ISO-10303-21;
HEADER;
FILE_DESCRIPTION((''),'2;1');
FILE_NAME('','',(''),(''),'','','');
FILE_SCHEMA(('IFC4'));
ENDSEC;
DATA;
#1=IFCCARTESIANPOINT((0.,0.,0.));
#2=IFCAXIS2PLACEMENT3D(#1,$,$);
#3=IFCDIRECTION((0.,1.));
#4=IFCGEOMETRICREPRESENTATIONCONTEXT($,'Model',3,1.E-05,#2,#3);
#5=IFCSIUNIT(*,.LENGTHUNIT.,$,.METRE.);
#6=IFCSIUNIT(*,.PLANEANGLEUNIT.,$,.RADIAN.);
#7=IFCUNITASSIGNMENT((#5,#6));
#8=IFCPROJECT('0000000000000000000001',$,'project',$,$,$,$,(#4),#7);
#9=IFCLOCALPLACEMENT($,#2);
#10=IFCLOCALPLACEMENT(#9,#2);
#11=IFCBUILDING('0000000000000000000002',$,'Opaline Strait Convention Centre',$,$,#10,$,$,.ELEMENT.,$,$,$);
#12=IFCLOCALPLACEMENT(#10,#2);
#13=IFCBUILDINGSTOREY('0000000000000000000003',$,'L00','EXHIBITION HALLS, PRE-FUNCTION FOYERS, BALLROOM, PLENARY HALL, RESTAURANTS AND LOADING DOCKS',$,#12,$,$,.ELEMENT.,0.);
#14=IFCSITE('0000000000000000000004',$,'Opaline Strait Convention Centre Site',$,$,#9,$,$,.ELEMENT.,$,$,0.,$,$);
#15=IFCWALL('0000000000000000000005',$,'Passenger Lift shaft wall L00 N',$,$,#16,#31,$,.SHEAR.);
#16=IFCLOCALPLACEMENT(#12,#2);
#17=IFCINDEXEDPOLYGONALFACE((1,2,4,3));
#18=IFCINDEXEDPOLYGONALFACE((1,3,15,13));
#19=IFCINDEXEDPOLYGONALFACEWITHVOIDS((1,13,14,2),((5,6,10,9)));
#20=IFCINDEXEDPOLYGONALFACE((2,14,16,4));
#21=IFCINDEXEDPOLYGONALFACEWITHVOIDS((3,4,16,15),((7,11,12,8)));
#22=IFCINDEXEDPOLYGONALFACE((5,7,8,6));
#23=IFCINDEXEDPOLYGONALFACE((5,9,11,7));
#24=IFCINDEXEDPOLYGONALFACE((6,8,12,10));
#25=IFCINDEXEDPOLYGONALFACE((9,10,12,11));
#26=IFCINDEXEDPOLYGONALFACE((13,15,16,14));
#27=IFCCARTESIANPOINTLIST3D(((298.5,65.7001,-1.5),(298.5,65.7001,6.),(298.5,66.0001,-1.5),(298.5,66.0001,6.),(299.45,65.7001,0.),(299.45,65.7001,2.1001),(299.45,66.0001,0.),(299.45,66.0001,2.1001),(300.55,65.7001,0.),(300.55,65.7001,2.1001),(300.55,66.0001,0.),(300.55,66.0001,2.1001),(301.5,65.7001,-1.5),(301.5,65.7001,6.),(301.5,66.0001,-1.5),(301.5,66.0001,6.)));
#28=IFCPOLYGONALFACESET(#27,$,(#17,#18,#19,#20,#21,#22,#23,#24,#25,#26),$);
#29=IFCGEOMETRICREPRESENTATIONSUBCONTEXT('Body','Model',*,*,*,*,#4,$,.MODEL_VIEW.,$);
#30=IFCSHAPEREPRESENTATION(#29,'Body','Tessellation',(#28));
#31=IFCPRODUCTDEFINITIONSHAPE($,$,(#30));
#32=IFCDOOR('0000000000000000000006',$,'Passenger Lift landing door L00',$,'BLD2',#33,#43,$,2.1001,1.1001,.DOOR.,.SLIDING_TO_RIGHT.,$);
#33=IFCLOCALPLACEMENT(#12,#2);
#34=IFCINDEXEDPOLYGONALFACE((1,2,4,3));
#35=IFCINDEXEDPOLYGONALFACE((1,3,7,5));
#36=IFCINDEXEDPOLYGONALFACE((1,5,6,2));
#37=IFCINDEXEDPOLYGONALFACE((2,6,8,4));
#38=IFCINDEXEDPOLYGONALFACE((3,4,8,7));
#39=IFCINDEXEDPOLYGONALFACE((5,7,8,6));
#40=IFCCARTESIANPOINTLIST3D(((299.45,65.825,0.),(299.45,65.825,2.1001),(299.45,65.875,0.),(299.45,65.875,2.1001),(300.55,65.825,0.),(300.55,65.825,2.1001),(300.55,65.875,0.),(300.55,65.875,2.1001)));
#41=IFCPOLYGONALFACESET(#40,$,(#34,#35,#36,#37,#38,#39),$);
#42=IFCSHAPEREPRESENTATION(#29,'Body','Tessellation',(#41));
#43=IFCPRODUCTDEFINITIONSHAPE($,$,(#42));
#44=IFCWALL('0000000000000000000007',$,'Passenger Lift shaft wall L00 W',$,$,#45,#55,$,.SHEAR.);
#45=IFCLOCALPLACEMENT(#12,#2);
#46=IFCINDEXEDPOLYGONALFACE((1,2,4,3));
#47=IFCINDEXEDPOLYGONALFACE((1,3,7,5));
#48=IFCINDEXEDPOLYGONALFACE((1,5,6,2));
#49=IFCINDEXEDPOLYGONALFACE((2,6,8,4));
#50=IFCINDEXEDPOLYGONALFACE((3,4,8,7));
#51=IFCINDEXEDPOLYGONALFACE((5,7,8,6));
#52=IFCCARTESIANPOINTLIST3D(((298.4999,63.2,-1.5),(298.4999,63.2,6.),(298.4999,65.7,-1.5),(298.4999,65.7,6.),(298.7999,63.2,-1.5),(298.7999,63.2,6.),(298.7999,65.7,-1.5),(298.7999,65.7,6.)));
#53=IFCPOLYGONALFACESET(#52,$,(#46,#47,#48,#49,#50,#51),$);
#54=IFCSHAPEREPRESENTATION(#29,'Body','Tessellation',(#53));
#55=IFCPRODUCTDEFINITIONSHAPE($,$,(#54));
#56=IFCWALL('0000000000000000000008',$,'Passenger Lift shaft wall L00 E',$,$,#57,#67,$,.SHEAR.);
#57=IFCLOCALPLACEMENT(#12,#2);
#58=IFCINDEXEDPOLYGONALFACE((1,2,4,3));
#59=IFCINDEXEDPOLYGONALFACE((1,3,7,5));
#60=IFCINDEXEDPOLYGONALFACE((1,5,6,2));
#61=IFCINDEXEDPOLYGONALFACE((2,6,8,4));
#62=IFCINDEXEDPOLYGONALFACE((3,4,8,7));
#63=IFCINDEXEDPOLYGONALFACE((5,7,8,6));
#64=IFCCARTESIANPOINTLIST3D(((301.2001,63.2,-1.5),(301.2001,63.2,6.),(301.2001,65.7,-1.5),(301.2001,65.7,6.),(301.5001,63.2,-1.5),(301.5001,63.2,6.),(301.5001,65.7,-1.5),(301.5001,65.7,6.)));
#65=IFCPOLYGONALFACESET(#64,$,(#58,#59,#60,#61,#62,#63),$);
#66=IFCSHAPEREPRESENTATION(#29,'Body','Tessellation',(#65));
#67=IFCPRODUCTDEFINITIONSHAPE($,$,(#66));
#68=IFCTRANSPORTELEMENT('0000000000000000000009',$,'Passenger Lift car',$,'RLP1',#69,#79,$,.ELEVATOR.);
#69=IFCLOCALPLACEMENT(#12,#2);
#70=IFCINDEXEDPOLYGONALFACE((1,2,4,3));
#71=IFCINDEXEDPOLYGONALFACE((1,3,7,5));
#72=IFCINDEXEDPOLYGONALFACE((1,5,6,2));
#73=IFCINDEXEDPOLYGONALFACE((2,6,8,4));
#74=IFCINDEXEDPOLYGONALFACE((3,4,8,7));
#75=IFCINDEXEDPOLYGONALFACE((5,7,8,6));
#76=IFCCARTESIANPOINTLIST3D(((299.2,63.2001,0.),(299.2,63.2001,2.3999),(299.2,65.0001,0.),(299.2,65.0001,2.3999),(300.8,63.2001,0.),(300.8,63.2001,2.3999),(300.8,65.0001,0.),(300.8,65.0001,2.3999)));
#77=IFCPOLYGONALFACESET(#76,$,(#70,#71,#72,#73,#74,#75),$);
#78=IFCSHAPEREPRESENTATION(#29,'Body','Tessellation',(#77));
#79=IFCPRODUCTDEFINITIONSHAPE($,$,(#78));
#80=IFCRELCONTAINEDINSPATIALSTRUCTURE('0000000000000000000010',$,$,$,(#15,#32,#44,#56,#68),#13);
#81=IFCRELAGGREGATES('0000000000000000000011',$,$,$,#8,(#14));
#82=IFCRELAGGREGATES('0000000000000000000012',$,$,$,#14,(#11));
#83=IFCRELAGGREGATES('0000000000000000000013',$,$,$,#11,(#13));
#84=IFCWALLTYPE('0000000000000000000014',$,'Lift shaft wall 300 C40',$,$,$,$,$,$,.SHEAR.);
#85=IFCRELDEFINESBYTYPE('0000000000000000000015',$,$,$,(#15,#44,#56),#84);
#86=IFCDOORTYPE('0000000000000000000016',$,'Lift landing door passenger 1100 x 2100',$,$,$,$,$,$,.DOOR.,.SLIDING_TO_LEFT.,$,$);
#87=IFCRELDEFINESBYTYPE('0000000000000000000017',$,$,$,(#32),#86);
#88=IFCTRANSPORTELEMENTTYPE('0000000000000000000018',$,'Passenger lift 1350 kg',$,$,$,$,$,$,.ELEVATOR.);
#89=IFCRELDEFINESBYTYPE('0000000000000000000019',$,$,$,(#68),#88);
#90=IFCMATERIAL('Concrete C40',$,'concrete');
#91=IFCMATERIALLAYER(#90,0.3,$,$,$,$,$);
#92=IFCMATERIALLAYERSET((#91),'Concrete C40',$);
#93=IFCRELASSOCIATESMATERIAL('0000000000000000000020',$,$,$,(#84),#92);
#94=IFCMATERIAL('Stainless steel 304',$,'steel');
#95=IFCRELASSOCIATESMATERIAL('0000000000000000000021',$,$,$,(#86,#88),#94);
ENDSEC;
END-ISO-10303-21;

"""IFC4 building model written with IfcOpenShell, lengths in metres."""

from ifc_helpers import new_model, si_unit, direction, frame, frame_2d, origin, origin_2d, place, context, subcontext, project, spatial, rectangle, extrude, material, layer, layer_set, type_object, element, fill, save


model = new_model("IFC4")

# Units and contexts
model_context = context("Model", 3, precision=1e-05, world=origin(), true_north=direction((0.0, 1.0)))
body_context = subcontext(model_context, "Body", "Model", "MODEL_VIEW")
ifc_project = project(units=[si_unit("LENGTHUNIT", "METRE"), si_unit("PLANEANGLEUNIT", "RADIAN")], contexts=[model_context])

# Site, building, storey
site_placement = place(None, origin())
site = spatial("IfcSite", under=ifc_project, at=site_placement, Name="Opaline Strait Convention Centre Site", CompositionType="ELEMENT", RefElevation=0.0)
building_placement = place(site_placement, origin())
building = spatial("IfcBuilding", under=site, at=building_placement, Name="Opaline Strait Convention Centre", CompositionType="ELEMENT")
storey_placement = place(building_placement, origin())
storey = spatial("IfcBuildingStorey", under=building, at=storey_placement, Name="L00", Description="EXHIBITION HALLS, PRE-FUNCTION FOYERS, BALLROOM, PLENARY HALL, RESTAURANTS AND LOADING DOCKS", CompositionType="ELEMENT", Elevation=0.0)

# Shared definitions
ifc_material_1 = material(Name="Concrete C40", Category="concrete")

# Wall, opening, door
ifc_layer_1 = layer(ifc_material_1, 0.3)
ifc_layer_set_1 = layer_set([ifc_layer_1], Name="Concrete C40")
wall_type = type_object("IfcWallType", Name="Lift shaft wall 300 C40", PredefinedType="SHEAR", material=ifc_layer_set_1)
wall_placement = place(storey_placement, frame((298.5, 65.8501, -1.5), z_axis=(0.0, 0.0, 1.0), x_axis=(1.0, 0.0, 0.0)))
wall = element("IfcWall", 1, at=wall_placement, inside=storey, type_object=wall_type, Name="Passenger Lift shaft wall L00 N", PredefinedType="SHEAR", context=body_context, shape_type="SweptSolid", body=[
    extrude(rectangle(XDim=3.0, YDim=0.3, at=frame_2d((1.5, 0.0))), origin(), (0.0, 0.0, 1.0), 7.5),
])
opening_placement = place(wall_placement, frame((0.95, 0.0, 1.5)))
opening = element("IfcOpeningElement", 2, at=opening_placement, cuts=wall, PredefinedType="OPENING", context=body_context, shape_type="SweptSolid", body=[
    extrude(rectangle(XDim=1.1001, YDim=2.1001, at=frame_2d((0.55, 1.05))), frame((0.0, 0.1599, 0.0), z_axis=(0.0, -1.0, 0.0), x_axis=(1.0, 0.0, 0.0)), (0.0, 0.0, 1.0), 0.3201),
])
ifc_material_2 = material(Name="Stainless steel 304", Category="steel")
door_type = type_object("IfcDoorType", Name="Lift landing door passenger 1100 x 2100", OperationType="SLIDING_TO_LEFT", PredefinedType="DOOR", material=ifc_material_2)
door_placement = place(opening_placement, origin())
door = element("IfcDoor", 3, at=door_placement, inside=storey, type_object=door_type, Name="Passenger Lift landing door L00", ObjectType="BLD2", OperationType="SLIDING_TO_RIGHT", OverallHeight=2.1001, OverallWidth=1.1001, PredefinedType="DOOR", context=body_context, shape_type="SweptSolid", body=[
    extrude(rectangle(XDim=1.1001, YDim=2.1001, at=frame_2d((0.55, 1.05))), frame((0.0, 0.0249, 0.0), z_axis=(0.0, -1.0, 0.0), x_axis=(1.0, 0.0, 0.0)), (0.0, 0.0, 1.0), 0.05),
])
fill(opening, door)

# Walls
for number, where, z_axis, x_axis, name in (
    (4, (298.6499, 63.2, -1.5), (0.0, 0.0, 1.0), (0.0, 1.0, 0.0), "Passenger Lift shaft wall L00 W"),
    (5, (301.3501, 63.2, -1.5), (0.0, 0.0, 1.0), (0.0, 1.0, 0.0), "Passenger Lift shaft wall L00 E"),
):
    element("IfcWall", number, at=place(storey_placement, frame(where, z_axis=z_axis, x_axis=x_axis)), inside=storey, type_object=wall_type, Name=name, PredefinedType="SHEAR", context=body_context, shape_type="SweptSolid", body=[
        extrude(rectangle(XDim=2.5, YDim=0.3, at=frame_2d((1.25, 0.0))), origin(), (0.0, 0.0, 1.0), 7.5),
    ])

# Transport element
transport_element_type = type_object("IfcTransportElementType", Name="Passenger lift 1350 kg", PredefinedType="ELEVATOR", material=ifc_material_2)
transport_element_placement = place(storey_placement, frame((300.0, 64.1001, 0.0), z_axis=(0.0, 0.0, 1.0), x_axis=(1.0, 0.0, 0.0)))
element("IfcTransportElement", 6, at=transport_element_placement, inside=storey, type_object=transport_element_type, Name="Passenger Lift car", ObjectType="RLP1", PredefinedType="ELEVATOR", context=body_context, shape_type="SweptSolid", body=[
    extrude(rectangle(XDim=1.6001, YDim=1.8, at=origin_2d()), origin(), (0.0, 0.0, 1.0), 2.3999),
])

save(model, "model.ifc")
